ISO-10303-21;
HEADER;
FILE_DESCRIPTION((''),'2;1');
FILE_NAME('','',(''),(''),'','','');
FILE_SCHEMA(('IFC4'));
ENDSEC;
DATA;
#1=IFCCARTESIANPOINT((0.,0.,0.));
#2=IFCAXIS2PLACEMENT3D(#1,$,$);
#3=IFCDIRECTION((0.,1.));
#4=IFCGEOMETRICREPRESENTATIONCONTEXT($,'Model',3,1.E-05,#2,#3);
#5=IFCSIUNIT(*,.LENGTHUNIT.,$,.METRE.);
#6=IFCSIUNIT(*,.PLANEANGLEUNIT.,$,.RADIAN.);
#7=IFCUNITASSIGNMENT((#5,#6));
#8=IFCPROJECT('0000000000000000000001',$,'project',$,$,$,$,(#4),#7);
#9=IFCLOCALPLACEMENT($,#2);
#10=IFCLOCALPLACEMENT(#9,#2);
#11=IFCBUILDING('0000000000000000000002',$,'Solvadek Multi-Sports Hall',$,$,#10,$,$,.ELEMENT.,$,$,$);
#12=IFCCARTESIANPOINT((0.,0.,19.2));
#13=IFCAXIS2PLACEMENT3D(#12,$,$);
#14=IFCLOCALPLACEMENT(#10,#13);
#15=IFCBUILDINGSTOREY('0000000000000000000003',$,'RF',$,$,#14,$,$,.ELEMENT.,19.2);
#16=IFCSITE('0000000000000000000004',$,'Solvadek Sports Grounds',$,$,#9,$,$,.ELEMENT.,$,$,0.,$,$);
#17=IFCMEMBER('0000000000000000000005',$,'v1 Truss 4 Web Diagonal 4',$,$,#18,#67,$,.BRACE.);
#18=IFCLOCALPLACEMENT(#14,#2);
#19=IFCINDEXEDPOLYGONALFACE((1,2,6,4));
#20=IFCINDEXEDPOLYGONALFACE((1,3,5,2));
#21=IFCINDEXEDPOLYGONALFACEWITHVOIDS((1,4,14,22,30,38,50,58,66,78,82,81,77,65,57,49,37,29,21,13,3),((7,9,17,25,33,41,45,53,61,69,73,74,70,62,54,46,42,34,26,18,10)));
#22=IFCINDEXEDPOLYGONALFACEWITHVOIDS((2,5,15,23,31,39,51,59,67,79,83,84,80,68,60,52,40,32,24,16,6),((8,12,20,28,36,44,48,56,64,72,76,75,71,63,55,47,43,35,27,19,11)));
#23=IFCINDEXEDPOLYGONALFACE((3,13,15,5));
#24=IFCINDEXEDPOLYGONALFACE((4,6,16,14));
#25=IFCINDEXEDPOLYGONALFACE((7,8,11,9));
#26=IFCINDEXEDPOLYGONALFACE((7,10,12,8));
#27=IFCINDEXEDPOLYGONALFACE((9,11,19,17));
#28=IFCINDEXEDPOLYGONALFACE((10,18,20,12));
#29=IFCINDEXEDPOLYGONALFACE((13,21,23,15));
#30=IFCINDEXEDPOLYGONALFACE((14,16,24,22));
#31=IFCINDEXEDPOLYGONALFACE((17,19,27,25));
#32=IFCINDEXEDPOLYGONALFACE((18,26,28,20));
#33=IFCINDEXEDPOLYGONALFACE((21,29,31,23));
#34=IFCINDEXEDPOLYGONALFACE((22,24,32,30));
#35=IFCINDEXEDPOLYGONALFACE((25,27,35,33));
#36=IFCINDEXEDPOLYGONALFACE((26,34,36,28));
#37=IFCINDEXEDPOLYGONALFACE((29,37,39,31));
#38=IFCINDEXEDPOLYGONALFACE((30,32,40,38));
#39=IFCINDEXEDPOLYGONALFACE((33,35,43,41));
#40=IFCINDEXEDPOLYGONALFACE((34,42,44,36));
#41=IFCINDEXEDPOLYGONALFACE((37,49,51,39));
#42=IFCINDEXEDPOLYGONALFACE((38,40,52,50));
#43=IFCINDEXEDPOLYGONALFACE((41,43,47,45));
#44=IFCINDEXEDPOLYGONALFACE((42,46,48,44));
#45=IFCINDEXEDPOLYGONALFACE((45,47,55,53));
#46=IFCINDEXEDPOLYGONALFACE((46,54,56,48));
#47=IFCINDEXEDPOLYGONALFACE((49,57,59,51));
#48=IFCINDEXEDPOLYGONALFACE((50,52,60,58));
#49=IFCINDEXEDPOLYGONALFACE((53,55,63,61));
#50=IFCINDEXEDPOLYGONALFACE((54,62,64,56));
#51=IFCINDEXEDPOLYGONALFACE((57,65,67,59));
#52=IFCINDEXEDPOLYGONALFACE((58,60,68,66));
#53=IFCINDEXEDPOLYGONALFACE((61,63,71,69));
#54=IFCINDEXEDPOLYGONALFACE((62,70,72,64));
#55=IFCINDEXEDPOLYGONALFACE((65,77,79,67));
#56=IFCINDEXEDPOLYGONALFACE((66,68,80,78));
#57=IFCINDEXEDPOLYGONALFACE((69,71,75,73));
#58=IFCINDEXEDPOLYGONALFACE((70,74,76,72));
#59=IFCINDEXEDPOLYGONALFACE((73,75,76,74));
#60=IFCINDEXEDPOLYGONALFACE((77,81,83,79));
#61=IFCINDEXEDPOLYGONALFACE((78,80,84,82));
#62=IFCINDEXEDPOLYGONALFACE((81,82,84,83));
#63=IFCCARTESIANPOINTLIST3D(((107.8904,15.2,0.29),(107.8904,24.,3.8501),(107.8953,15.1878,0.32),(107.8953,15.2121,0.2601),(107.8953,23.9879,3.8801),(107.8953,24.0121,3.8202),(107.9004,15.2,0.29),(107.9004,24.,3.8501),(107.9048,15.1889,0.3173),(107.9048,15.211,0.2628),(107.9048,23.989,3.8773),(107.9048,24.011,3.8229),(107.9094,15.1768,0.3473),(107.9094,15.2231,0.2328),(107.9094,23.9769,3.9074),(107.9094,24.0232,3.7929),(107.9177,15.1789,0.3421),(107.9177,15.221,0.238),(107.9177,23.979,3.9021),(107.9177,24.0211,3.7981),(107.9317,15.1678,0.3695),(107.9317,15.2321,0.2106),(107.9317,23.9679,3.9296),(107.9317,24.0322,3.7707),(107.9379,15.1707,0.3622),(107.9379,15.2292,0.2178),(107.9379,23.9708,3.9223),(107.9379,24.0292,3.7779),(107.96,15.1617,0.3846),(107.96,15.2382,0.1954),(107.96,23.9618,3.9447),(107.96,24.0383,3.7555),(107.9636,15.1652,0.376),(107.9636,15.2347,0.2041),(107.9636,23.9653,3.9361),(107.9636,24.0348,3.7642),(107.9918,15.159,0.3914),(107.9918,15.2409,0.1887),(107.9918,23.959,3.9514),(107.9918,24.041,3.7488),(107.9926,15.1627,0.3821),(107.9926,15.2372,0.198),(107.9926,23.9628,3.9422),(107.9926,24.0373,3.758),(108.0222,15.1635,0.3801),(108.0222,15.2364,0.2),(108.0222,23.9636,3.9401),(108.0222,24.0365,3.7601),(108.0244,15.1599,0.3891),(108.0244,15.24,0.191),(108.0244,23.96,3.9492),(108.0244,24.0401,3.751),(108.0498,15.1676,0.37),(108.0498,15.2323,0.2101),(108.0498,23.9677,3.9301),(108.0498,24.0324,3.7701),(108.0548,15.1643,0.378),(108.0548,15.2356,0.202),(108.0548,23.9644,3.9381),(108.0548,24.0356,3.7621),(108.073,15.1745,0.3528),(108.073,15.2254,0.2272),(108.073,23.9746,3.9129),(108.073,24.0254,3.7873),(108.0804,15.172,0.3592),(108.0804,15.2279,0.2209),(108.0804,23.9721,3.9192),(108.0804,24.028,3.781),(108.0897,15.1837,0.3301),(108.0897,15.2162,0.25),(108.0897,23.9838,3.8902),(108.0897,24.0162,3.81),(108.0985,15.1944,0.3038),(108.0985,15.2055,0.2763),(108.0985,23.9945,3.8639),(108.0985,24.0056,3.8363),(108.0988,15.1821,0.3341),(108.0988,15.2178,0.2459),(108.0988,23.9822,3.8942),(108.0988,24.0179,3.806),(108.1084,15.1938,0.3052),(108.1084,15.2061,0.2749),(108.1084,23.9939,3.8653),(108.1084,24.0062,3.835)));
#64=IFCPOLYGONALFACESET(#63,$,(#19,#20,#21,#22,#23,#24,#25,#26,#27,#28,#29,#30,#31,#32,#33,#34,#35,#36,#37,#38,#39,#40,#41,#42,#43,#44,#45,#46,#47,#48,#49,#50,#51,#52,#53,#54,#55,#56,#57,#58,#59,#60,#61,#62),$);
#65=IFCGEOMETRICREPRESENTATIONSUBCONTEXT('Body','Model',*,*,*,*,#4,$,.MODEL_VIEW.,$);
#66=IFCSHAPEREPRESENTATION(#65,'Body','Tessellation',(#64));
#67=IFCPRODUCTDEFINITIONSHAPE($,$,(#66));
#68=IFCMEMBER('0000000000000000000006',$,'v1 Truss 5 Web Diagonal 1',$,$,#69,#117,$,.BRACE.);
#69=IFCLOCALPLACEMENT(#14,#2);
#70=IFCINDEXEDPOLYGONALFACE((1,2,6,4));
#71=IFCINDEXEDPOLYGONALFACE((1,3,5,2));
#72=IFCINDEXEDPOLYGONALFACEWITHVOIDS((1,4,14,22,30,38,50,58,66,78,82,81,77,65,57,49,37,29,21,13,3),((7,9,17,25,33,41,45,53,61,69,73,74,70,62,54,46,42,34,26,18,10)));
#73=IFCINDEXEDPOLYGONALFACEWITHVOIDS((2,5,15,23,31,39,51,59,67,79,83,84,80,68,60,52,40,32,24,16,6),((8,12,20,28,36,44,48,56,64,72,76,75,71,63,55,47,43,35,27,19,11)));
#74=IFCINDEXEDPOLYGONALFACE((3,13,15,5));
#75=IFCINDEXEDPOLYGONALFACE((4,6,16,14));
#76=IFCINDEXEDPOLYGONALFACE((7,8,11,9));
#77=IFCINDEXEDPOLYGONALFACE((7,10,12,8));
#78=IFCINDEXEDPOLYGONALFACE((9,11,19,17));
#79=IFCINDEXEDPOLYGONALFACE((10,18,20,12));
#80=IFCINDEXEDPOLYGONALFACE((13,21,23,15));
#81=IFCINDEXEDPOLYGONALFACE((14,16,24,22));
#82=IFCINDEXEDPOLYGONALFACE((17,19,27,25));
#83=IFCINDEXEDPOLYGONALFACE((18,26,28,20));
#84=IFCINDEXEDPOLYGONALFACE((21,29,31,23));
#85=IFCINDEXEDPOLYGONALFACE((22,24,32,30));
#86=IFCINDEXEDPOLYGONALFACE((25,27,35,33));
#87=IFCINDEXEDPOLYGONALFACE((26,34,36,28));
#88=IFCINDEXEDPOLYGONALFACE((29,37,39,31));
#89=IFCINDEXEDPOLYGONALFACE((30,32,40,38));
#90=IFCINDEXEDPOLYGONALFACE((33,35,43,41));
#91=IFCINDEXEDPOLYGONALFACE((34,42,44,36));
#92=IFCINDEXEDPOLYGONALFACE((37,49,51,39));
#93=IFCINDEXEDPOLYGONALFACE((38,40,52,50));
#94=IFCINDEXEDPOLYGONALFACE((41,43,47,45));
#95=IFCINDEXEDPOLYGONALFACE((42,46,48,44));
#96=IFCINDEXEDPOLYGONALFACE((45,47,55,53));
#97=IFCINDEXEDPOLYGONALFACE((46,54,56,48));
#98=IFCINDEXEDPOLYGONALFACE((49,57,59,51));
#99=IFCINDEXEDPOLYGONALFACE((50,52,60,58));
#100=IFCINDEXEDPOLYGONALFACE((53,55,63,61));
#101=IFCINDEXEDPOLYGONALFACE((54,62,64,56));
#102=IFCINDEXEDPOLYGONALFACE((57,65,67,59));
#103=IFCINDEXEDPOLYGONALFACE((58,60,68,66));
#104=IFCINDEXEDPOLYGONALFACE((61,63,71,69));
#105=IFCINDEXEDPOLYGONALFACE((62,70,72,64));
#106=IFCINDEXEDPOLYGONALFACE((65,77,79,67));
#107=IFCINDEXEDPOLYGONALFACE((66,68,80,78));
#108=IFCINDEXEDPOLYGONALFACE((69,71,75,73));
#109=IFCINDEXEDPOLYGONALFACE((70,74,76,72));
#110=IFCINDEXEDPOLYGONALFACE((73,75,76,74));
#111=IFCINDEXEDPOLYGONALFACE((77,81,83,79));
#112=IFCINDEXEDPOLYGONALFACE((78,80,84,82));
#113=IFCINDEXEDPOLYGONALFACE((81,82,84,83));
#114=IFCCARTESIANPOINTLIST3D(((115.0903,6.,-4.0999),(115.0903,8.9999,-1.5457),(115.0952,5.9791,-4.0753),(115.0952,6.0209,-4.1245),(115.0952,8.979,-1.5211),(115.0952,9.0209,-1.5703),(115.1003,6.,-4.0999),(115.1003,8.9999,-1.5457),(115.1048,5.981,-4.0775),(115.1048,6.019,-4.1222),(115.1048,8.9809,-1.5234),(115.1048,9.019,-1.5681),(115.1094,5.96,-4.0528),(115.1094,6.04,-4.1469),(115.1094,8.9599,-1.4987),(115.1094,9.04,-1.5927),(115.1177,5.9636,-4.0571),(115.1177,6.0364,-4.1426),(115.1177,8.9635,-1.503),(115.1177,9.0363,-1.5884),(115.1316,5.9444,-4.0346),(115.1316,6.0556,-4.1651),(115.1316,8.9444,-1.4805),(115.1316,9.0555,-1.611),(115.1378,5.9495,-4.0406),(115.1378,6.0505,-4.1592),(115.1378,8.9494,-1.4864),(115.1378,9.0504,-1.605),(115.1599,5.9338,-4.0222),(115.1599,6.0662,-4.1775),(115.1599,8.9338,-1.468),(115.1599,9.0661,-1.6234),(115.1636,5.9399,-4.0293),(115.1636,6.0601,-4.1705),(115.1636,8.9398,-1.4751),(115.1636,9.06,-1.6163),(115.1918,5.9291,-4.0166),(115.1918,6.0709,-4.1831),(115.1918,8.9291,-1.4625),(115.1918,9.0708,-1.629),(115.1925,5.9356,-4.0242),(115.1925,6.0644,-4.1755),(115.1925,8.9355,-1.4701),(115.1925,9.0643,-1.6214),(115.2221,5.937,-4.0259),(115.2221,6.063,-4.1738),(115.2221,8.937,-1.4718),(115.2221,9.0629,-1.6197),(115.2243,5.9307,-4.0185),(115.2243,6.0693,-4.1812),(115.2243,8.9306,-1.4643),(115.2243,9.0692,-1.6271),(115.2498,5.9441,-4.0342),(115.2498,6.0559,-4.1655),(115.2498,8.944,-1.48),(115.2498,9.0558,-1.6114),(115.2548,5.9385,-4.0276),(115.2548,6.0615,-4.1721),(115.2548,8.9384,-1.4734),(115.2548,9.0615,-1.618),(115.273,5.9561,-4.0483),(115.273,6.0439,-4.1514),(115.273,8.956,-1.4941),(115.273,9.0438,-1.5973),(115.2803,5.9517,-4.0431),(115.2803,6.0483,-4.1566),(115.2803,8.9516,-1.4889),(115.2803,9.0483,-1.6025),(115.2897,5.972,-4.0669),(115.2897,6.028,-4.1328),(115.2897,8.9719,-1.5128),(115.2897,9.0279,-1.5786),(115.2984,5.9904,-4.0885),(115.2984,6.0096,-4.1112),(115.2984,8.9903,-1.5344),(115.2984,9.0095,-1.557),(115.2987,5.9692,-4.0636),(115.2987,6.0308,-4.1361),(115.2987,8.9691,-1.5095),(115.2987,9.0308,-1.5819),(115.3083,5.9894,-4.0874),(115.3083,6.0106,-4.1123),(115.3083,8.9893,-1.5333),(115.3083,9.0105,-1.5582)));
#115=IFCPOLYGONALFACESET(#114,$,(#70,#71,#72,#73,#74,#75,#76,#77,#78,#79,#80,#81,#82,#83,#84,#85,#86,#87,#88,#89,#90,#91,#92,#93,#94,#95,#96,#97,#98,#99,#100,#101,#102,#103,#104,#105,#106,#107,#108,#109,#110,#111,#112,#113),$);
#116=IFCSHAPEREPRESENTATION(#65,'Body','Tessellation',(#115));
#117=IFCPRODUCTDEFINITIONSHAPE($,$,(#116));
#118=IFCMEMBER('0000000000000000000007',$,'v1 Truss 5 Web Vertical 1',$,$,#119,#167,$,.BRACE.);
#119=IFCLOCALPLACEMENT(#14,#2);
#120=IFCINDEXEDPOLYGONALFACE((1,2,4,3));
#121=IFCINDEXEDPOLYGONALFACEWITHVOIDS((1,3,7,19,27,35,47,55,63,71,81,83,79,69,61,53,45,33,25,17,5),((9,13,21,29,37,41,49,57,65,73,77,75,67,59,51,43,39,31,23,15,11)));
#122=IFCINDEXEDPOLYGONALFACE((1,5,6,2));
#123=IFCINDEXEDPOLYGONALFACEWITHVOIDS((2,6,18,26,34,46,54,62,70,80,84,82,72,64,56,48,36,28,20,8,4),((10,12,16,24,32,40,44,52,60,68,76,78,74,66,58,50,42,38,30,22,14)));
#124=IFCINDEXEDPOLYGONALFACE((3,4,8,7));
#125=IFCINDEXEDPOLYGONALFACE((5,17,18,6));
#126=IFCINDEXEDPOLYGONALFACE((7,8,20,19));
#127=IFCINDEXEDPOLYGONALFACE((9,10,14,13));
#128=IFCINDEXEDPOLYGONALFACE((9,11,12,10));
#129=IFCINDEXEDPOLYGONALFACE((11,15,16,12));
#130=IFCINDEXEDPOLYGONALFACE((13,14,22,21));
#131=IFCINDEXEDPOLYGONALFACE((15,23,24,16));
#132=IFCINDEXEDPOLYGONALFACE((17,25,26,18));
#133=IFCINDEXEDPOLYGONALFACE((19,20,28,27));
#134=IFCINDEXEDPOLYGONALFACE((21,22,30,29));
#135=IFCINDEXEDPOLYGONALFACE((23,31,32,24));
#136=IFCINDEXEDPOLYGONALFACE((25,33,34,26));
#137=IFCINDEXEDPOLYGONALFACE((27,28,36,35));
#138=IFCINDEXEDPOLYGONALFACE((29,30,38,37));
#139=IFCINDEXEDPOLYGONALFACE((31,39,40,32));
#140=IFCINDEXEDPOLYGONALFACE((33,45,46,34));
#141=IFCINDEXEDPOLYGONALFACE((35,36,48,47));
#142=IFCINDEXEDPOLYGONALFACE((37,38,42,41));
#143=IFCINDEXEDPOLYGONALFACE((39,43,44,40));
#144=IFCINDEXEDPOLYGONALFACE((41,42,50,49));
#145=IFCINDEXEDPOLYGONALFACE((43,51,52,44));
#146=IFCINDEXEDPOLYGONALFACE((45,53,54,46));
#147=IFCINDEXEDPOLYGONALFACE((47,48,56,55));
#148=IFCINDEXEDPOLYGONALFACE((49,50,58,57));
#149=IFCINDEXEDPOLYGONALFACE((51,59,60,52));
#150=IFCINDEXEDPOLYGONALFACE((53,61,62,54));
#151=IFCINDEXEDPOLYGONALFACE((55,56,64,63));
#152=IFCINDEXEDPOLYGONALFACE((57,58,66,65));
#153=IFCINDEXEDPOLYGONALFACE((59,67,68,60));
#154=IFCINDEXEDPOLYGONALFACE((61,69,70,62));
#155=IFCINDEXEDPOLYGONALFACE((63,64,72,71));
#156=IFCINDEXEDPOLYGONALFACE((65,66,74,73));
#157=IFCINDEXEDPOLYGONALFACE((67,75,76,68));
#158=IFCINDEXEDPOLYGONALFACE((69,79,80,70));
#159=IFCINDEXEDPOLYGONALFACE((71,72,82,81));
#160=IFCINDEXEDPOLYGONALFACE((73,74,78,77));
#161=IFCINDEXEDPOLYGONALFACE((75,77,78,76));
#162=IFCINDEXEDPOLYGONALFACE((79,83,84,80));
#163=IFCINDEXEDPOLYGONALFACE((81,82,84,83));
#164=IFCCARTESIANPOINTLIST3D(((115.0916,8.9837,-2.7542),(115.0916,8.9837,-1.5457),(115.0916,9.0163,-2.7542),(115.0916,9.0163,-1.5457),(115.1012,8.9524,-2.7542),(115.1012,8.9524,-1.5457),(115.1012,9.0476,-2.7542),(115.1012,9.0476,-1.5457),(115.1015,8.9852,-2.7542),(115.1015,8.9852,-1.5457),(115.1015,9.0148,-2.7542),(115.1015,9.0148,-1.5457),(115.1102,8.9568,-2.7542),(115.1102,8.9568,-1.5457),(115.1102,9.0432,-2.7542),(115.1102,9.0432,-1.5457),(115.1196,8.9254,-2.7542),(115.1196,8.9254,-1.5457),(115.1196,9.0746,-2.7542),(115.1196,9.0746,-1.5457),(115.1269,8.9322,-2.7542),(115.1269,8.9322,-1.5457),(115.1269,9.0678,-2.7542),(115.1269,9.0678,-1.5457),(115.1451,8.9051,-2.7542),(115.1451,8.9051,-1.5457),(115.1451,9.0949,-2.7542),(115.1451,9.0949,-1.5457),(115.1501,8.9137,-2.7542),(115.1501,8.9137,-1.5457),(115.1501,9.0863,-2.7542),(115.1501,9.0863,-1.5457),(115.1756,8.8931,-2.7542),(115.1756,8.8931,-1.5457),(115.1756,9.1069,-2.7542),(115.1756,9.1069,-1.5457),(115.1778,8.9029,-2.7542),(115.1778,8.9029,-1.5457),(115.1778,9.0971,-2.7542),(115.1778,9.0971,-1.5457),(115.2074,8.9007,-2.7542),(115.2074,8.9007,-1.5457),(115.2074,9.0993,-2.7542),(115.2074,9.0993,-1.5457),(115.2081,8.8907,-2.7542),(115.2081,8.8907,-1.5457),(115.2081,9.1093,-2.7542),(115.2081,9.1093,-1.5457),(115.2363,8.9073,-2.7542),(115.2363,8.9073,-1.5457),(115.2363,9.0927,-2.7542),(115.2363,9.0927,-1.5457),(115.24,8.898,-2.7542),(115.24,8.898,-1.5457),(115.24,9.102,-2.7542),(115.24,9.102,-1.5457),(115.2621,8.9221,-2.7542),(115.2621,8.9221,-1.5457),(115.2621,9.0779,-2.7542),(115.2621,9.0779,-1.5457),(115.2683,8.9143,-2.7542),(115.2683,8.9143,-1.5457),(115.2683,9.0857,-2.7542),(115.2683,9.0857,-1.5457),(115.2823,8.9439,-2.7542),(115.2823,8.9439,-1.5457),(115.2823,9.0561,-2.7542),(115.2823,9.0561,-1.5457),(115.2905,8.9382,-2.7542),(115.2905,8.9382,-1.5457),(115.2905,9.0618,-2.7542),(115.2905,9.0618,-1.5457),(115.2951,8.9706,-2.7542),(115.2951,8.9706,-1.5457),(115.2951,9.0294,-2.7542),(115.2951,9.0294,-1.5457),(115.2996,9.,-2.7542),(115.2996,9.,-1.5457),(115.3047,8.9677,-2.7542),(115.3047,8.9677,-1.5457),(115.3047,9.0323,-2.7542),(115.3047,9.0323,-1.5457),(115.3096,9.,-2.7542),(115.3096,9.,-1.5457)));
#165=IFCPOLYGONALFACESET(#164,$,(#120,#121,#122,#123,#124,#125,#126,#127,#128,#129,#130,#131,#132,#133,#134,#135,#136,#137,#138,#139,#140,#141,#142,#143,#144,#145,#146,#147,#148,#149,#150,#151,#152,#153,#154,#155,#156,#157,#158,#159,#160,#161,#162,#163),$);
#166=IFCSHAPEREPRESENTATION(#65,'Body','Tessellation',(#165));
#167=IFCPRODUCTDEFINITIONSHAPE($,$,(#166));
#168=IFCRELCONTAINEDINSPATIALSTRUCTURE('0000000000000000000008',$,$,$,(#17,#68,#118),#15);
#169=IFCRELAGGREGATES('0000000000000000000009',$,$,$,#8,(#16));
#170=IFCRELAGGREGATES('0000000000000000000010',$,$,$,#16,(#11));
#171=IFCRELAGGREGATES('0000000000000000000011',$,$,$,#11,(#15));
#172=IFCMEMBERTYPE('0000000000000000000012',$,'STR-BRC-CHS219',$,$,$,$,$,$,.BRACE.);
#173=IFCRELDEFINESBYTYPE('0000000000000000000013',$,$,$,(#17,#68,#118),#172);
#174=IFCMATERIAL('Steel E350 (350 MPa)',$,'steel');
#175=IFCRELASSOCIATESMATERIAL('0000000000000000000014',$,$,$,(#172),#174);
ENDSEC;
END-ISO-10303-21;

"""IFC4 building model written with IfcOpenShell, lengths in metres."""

from ifc_helpers import new_model, si_unit, direction, frame, origin, origin_2d, place, context, subcontext, project, spatial, hollow_circle, extrude, material, material_profile, profile_set, type_object, element, save


model = new_model("IFC4")

# Units and contexts
model_context = context("Model", 3, precision=1e-05, world=origin(), true_north=direction((0.0, 1.0)))
body_context = subcontext(model_context, "Body", "Model", "MODEL_VIEW")
ifc_project = project(units=[si_unit("LENGTHUNIT", "METRE"), si_unit("PLANEANGLEUNIT", "RADIAN")], contexts=[model_context])

# Site, building, storey
site_placement = place(None, origin())
site = spatial("IfcSite", under=ifc_project, at=site_placement, Name="Solvadek Sports Grounds", CompositionType="ELEMENT", RefElevation=0.0)
building_placement = place(site_placement, origin())
building = spatial("IfcBuilding", under=site, at=building_placement, Name="Solvadek Multi-Sports Hall", CompositionType="ELEMENT")
storey_placement = place(building_placement, frame((0.0, 0.0, 19.2)))
storey = spatial("IfcBuildingStorey", under=building, at=storey_placement, Name="RF", CompositionType="ELEMENT", Elevation=19.2)

# Shared definitions
ifc_material_1 = material(Name="Steel E350 (350 MPa)", Category="steel")

# Members
ifc_material_profile_1 = material_profile(ifc_material_1, hollow_circle(Radius=0.1096, WallThickness=0.01, at=origin_2d()), Name="CHS 219.1x10")
ifc_profile_set_1 = profile_set([ifc_material_profile_1], Name="Steel E350 (350 MPa)")
member_type_1 = type_object("IfcMemberType", Name="STR-BRC-CHS219", PredefinedType="BRACE", material=ifc_profile_set_1)
member_1_placement = place(storey_placement, frame((108.0, 15.2, 0.29), z_axis=(0.0, 0.927015, 0.375024), x_axis=(-1.0, 0.0, 0.0)))
element("IfcMember", 1, at=member_1_placement, inside=storey, type_object=member_type_1, Name="v1 Truss 4 Web Diagonal 4", PredefinedType="BRACE", context=body_context, shape_type="SweptSolid", body=[
    extrude(hollow_circle(Radius=0.1096, WallThickness=0.01, at=origin_2d()), origin(), (0.0, 0.0, 1.0), 9.4929),
])
member_2_placement = place(storey_placement, frame((115.2, 6.0, -4.0999), z_axis=(0.0, 0.761413, 0.648267), x_axis=(-1.0, 0.0, 0.0)))
element("IfcMember", 2, at=member_2_placement, inside=storey, type_object=member_type_1, Name="v1 Truss 5 Web Diagonal 1", PredefinedType="BRACE", context=body_context, shape_type="SweptSolid", body=[
    extrude(hollow_circle(Radius=0.1096, WallThickness=0.01, at=origin_2d()), origin(), (0.0, 0.0, 1.0), 3.9399),
])
member_3_placement = place(storey_placement, frame((115.2, 9.0, -2.7542), z_axis=(0.0, 0.0, 1.0), x_axis=(1.0, 0.0, 0.0)))
element("IfcMember", 3, at=member_3_placement, inside=storey, type_object=member_type_1, Name="v1 Truss 5 Web Vertical 1", PredefinedType="BRACE", context=body_context, shape_type="SweptSolid", body=[
    extrude(hollow_circle(Radius=0.1096, WallThickness=0.01, at=origin_2d()), origin(), (0.0, 0.0, 1.0), 1.2085),
])

save(model, "model.ifc")
